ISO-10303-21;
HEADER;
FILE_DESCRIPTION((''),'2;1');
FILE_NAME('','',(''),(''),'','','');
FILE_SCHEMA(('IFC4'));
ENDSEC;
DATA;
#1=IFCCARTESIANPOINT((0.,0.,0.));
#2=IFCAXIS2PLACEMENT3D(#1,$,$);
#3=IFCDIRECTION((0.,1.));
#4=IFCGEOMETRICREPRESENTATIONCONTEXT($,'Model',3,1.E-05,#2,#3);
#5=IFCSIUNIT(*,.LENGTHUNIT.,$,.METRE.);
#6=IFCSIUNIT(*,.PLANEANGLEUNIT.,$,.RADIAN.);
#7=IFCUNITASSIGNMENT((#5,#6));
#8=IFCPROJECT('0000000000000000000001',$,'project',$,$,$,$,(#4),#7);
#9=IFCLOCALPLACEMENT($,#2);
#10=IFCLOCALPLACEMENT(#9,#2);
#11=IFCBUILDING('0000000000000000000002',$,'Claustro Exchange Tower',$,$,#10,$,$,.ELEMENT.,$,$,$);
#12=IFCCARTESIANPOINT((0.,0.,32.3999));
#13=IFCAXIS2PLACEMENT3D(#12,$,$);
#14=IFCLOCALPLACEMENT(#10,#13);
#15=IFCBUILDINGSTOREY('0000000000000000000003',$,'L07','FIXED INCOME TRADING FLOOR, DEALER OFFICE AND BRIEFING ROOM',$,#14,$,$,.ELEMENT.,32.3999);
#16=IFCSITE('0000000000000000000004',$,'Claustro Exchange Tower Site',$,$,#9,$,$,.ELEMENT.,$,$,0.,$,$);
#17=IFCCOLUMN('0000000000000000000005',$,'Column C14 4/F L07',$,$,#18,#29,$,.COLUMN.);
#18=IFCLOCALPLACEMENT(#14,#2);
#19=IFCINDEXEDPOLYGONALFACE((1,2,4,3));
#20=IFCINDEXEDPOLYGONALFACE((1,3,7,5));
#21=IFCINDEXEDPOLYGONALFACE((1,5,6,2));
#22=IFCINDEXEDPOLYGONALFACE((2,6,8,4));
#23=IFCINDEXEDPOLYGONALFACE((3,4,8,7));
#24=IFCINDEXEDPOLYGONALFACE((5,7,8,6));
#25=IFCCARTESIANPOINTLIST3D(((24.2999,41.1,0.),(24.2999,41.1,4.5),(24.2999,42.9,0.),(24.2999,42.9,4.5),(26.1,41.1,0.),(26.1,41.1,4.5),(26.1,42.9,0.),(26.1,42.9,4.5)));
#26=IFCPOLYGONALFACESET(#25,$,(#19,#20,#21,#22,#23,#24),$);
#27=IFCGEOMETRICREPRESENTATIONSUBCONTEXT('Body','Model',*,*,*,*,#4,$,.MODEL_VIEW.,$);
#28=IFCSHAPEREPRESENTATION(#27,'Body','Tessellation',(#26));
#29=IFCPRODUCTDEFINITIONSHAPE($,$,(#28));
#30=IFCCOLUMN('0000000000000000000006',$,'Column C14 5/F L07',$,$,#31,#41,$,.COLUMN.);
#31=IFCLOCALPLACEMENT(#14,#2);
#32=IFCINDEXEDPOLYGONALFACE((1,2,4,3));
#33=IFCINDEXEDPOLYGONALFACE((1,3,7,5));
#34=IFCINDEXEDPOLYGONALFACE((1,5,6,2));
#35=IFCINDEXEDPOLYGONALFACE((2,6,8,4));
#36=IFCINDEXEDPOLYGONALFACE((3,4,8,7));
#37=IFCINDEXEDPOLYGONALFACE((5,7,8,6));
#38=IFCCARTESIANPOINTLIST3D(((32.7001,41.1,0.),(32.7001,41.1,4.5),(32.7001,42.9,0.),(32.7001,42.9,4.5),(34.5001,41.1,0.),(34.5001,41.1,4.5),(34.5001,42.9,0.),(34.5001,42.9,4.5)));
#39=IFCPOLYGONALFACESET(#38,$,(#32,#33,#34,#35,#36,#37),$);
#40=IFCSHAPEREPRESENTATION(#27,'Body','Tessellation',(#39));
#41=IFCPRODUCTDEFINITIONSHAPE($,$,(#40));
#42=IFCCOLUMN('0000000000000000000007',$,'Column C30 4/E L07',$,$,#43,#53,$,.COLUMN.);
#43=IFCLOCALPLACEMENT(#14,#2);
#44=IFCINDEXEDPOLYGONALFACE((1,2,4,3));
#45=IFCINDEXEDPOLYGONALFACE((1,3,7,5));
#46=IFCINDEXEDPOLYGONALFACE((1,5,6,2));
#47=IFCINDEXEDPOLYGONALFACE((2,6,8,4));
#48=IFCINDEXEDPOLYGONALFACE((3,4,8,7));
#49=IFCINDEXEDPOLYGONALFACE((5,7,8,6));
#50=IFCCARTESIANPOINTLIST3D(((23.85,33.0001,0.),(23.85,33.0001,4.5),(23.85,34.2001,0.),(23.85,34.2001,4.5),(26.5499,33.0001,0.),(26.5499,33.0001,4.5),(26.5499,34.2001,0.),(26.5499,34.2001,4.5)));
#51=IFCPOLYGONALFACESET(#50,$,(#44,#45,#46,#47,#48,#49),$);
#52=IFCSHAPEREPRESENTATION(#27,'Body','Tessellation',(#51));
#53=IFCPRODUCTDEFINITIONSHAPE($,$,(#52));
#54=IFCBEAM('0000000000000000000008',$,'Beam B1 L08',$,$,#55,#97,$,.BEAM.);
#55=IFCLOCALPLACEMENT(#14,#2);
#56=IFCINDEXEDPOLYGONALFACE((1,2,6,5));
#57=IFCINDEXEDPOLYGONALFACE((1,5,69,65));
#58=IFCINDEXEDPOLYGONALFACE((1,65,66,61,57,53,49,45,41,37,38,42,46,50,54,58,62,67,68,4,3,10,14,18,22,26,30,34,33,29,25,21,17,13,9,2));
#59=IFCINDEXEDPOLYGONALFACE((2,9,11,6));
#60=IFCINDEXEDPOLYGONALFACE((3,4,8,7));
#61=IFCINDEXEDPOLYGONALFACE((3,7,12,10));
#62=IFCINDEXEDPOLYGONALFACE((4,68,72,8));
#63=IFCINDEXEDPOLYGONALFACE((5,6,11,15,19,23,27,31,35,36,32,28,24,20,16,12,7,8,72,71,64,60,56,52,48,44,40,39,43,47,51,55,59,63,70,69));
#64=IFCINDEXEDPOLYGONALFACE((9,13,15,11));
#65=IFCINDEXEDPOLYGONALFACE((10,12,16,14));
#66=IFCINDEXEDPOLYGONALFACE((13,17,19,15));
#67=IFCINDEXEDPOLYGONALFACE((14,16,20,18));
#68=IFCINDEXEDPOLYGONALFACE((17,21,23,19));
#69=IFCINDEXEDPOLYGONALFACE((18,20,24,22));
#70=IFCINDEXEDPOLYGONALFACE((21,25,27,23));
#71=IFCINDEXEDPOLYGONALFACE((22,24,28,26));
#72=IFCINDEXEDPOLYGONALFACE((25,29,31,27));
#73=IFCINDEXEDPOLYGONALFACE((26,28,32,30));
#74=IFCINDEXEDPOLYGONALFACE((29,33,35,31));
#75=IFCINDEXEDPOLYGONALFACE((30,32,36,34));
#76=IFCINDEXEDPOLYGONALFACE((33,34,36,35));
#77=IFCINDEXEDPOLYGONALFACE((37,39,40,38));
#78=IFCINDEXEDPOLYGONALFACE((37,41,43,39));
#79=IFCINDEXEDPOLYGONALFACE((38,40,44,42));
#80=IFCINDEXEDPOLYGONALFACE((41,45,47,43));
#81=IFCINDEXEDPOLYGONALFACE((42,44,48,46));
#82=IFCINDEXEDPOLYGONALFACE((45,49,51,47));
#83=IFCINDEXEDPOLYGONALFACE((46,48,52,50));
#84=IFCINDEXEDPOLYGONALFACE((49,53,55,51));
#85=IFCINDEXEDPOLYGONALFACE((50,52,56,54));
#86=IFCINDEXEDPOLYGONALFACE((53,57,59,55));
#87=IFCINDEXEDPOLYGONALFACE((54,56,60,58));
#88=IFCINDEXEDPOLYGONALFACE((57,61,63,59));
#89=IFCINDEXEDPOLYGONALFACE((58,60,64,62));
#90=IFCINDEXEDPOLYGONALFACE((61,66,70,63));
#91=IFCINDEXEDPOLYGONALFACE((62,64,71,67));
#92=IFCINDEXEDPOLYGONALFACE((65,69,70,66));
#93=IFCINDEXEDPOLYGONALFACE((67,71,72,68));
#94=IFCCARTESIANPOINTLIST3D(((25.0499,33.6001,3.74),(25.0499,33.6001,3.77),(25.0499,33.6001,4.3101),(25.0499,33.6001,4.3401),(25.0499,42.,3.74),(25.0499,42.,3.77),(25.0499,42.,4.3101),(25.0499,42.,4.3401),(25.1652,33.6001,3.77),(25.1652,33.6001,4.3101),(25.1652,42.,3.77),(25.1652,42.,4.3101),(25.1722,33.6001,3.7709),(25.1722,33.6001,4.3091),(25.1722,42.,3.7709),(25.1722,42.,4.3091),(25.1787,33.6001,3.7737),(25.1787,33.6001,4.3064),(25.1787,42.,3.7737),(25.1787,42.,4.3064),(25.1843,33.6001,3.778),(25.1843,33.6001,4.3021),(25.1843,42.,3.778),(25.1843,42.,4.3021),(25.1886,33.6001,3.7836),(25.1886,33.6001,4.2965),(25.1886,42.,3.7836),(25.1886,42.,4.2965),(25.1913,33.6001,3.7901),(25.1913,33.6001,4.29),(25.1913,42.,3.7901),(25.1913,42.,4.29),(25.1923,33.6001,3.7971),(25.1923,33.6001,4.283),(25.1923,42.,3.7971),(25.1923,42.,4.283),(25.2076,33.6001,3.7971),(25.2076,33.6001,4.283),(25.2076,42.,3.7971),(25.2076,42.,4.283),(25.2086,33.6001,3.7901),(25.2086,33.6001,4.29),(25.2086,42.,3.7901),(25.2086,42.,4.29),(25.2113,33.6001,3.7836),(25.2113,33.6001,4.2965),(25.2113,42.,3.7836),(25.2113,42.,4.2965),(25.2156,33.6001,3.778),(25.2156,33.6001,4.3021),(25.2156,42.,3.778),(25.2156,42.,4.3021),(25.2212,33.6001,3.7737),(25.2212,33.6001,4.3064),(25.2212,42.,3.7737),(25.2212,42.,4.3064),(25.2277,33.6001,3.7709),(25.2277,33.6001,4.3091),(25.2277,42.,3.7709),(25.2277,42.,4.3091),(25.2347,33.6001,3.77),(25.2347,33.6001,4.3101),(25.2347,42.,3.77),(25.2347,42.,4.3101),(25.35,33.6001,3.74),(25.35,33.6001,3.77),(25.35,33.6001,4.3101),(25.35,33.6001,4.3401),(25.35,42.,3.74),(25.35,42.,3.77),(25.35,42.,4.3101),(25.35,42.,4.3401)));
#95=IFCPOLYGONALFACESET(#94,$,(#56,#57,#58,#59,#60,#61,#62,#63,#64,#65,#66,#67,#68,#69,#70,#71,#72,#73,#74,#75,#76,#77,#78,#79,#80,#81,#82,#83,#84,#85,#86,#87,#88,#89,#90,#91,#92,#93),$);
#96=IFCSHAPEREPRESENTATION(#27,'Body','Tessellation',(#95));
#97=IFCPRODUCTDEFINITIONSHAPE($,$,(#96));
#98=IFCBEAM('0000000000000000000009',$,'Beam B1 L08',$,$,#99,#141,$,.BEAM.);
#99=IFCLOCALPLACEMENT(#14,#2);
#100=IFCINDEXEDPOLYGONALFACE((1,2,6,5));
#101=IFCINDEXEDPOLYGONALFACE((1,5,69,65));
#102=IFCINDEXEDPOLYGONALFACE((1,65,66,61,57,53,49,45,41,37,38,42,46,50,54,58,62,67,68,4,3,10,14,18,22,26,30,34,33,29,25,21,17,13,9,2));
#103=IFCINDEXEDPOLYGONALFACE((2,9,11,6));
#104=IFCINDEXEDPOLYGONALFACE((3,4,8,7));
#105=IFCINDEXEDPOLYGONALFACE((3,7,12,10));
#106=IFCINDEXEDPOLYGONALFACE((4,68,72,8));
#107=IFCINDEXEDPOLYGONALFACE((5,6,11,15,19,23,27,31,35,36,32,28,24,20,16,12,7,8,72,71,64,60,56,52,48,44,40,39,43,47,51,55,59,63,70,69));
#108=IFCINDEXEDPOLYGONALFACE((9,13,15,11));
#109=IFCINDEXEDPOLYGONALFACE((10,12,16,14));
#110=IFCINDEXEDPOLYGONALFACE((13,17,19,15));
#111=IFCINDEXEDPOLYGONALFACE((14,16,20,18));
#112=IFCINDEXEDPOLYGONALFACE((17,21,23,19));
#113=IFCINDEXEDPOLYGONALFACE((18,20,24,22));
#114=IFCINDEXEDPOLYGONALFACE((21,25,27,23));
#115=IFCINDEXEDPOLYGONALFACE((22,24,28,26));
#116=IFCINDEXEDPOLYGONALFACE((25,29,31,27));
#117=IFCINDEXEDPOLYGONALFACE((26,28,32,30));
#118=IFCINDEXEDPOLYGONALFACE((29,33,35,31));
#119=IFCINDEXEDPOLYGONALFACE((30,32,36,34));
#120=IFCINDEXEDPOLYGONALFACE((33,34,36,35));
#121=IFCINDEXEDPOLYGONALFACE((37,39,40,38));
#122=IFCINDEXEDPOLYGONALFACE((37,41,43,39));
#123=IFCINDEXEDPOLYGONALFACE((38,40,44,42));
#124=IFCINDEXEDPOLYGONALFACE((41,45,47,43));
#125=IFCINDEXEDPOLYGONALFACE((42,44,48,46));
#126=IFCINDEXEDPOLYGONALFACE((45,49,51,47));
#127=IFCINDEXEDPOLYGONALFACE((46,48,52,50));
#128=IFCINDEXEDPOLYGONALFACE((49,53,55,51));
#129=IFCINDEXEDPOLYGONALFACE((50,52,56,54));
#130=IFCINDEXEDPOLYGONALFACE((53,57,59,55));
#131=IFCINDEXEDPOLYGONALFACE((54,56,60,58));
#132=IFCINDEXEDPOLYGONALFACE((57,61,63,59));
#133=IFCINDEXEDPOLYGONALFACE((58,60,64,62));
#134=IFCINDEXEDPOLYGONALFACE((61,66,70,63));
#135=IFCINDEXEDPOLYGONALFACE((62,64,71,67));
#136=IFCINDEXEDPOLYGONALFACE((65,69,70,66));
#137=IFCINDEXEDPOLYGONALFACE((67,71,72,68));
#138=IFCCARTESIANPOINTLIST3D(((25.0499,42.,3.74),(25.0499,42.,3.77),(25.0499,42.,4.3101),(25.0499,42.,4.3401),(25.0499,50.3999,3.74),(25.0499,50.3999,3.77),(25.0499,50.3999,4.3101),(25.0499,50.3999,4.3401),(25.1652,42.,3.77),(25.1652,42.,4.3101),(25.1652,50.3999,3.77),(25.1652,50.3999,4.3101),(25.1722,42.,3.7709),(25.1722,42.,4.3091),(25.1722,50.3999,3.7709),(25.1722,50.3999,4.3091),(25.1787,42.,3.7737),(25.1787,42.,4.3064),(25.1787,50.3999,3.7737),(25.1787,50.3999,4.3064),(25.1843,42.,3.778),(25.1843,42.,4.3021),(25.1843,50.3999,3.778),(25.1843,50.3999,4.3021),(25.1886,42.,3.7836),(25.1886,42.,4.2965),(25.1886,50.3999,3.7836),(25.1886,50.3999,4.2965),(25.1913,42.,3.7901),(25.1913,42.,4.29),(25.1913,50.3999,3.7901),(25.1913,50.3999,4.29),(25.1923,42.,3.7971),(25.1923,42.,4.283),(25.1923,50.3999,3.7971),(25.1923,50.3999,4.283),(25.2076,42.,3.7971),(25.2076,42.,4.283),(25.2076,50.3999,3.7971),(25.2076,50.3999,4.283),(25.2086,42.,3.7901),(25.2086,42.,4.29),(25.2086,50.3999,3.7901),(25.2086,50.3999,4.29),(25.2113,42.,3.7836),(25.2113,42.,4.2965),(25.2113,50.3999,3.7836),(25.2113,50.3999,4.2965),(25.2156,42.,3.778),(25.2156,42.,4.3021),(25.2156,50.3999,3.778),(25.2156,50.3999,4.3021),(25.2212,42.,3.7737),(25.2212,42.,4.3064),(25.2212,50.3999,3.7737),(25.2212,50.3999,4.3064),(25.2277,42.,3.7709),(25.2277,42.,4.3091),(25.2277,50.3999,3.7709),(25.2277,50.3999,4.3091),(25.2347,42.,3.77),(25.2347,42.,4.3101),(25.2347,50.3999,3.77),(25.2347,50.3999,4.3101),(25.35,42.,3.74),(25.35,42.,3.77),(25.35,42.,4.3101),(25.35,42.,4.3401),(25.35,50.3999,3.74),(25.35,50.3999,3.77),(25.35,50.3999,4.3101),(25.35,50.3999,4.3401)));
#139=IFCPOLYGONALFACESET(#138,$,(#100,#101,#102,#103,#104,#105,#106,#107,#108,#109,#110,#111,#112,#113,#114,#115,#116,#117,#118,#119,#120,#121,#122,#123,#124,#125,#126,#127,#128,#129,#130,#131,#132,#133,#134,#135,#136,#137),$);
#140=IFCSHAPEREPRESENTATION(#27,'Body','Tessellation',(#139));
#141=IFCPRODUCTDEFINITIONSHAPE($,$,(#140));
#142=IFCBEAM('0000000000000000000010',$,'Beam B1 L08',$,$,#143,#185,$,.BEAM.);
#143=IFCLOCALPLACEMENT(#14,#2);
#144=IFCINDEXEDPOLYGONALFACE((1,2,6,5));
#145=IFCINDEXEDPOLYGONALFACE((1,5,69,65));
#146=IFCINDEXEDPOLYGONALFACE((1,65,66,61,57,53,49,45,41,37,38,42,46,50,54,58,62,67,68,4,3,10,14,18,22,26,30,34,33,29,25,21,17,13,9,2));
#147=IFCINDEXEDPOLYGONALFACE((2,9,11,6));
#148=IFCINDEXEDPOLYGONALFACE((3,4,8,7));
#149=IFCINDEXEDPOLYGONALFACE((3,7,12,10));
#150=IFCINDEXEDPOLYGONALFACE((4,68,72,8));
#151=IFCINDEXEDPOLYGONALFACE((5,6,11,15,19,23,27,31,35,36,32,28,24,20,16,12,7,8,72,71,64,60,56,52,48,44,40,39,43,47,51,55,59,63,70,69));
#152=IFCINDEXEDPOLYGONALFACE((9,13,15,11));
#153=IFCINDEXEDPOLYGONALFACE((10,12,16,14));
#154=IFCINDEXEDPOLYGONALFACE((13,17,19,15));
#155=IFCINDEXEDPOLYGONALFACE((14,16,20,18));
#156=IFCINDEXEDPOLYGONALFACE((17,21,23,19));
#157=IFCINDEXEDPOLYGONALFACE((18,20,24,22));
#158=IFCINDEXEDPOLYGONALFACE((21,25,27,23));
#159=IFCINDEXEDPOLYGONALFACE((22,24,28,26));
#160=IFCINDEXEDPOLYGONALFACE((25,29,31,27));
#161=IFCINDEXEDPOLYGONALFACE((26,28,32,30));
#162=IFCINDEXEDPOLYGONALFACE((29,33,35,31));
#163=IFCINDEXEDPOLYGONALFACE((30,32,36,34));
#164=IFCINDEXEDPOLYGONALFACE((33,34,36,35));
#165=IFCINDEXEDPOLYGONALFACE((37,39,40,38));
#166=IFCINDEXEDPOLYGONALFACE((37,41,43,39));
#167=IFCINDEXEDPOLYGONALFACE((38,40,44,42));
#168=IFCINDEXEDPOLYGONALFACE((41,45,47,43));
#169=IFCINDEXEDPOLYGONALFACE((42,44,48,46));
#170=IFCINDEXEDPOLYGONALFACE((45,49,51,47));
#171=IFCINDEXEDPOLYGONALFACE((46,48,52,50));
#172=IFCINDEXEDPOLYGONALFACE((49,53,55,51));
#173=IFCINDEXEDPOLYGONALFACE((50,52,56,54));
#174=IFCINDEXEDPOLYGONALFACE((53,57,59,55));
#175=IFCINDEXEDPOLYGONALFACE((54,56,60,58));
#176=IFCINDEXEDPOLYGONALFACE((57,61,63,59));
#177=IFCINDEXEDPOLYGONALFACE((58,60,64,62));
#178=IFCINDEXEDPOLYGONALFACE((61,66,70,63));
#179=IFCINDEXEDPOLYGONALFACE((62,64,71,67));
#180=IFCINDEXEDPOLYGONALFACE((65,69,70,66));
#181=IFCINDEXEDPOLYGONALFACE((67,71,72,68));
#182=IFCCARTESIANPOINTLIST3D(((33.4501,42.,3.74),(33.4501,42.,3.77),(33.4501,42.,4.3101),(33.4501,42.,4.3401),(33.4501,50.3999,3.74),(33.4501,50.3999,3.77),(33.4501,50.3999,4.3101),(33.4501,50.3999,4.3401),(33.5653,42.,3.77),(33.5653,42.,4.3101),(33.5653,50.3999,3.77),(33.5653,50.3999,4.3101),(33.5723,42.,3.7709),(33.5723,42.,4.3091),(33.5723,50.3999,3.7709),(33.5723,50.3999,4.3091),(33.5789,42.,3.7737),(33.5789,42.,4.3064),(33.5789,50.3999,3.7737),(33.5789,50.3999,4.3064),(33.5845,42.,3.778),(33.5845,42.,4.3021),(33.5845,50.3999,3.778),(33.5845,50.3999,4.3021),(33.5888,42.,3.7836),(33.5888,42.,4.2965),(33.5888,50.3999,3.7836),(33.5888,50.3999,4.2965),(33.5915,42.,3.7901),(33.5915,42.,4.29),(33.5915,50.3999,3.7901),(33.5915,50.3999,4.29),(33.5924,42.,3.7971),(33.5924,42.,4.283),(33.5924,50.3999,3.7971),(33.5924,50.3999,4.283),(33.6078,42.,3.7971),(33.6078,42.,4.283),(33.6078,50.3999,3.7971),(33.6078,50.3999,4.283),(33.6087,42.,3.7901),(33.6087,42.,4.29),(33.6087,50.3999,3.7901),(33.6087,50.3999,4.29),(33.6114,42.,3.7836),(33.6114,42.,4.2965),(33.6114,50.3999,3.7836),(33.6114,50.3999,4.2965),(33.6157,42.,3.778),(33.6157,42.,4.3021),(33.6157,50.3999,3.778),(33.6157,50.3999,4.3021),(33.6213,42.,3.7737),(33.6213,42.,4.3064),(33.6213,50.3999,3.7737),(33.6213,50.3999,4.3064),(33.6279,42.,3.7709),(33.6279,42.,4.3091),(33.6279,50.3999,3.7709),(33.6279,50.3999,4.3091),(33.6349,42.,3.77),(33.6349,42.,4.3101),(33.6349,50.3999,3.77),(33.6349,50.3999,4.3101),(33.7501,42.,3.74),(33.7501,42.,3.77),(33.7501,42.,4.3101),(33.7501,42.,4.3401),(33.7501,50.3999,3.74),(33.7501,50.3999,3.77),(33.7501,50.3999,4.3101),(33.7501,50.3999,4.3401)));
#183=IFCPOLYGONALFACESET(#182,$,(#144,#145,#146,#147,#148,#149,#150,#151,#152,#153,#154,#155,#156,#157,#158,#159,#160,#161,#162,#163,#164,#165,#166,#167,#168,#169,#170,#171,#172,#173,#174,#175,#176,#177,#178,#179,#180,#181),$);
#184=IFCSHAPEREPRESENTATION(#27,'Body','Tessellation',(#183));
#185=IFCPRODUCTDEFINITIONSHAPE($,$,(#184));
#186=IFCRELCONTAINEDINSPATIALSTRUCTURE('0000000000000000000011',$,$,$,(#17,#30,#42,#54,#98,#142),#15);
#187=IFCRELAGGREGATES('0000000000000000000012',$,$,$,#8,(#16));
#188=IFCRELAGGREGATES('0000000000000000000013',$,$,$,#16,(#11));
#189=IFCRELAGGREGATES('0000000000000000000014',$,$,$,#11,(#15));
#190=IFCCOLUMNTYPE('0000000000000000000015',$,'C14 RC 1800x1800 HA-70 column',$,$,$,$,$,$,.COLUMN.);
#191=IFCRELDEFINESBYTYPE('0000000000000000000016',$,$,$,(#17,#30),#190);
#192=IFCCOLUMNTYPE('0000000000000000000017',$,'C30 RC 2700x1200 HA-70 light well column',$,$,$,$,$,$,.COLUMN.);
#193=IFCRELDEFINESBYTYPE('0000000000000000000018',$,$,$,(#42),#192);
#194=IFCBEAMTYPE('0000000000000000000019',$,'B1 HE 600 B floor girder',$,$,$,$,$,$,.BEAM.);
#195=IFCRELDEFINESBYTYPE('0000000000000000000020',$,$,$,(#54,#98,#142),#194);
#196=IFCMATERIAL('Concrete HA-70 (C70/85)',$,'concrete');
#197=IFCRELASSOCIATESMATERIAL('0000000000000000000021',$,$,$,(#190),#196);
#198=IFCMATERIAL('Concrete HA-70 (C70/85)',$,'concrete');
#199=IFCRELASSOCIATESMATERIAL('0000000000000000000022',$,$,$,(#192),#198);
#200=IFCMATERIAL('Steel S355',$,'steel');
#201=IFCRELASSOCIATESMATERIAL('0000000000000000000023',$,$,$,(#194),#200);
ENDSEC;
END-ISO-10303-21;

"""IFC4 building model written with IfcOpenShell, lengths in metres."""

from ifc_helpers import new_model, si_unit, direction, frame, origin, origin_2d, place, context, subcontext, project, spatial, rectangle, i_section, extrude, material, material_profile, profile_set, type_object, element, save


model = new_model("IFC4")

# Units and contexts
model_context = context("Model", 3, precision=1e-05, world=origin(), true_north=direction((0.0, 1.0)))
body_context = subcontext(model_context, "Body", "Model", "MODEL_VIEW")
ifc_project = project(units=[si_unit("LENGTHUNIT", "METRE"), si_unit("PLANEANGLEUNIT", "RADIAN")], contexts=[model_context])

# Site, building, storey
site_placement = place(None, origin())
site = spatial("IfcSite", under=ifc_project, at=site_placement, Name="Claustro Exchange Tower Site", CompositionType="ELEMENT", RefElevation=0.0)
building_placement = place(site_placement, origin())
building = spatial("IfcBuilding", under=site, at=building_placement, Name="Claustro Exchange Tower", CompositionType="ELEMENT")
storey_placement = place(building_placement, frame((0.0, 0.0, 32.3999)))
storey = spatial("IfcBuildingStorey", under=building, at=storey_placement, Name="L07", Description="FIXED INCOME TRADING FLOOR, DEALER OFFICE AND BRIEFING ROOM", CompositionType="ELEMENT", Elevation=32.3999)

# Columns
ifc_material_1 = material(Name="Concrete HA-70 (C70/85)", Category="concrete")
ifc_material_profile_1 = material_profile(ifc_material_1, rectangle(XDim=1.8, YDim=1.8, at=origin_2d()), Name="RC 1800x1800")
ifc_profile_set_1 = profile_set([ifc_material_profile_1], Name="Concrete HA-70 (C70/85)")
column_type_1 = type_object("IfcColumnType", Name="C14 RC 1800x1800 HA-70 column", PredefinedType="COLUMN", material=ifc_profile_set_1)
for number, where, z_axis, x_axis, name in (
    (1, (25.2, 42.0, 0.0), (0.0, 0.0, 1.0), (1.0, 0.0, 0.0), "Column C14 4/F L07"),
    (2, (33.6001, 42.0, 0.0), (0.0, 0.0, 1.0), (1.0, 0.0, 0.0), "Column C14 5/F L07"),
):
    element("IfcColumn", number, at=place(storey_placement, frame(where, z_axis=z_axis, x_axis=x_axis)), inside=storey, type_object=column_type_1, Name=name, PredefinedType="COLUMN", context=body_context, shape_type="SweptSolid", body=[
        extrude(rectangle(XDim=1.8, YDim=1.8, at=origin_2d()), origin(), (0.0, 0.0, 1.0), 4.5),
    ])
ifc_material_2 = material(Name="Concrete HA-70 (C70/85)", Category="concrete")
ifc_material_profile_2 = material_profile(ifc_material_2, rectangle(XDim=2.7, YDim=1.2, at=origin_2d()), Name="RC 2700x1200")
ifc_profile_set_2 = profile_set([ifc_material_profile_2], Name="Concrete HA-70 (C70/85)")
column_type_2 = type_object("IfcColumnType", Name="C30 RC 2700x1200 HA-70 light well column", PredefinedType="COLUMN", material=ifc_profile_set_2)
column_placement = place(storey_placement, frame((25.2, 33.6001, 0.0), z_axis=(0.0, 0.0, 1.0), x_axis=(1.0, 0.0, 0.0)))
element("IfcColumn", 3, at=column_placement, inside=storey, type_object=column_type_2, Name="Column C30 4/E L07", PredefinedType="COLUMN", context=body_context, shape_type="SweptSolid", body=[
    extrude(rectangle(XDim=2.7, YDim=1.2, at=origin_2d()), origin(), (0.0, 0.0, 1.0), 4.5),
])

# Beams
ifc_material_3 = material(Name="Steel S355", Category="steel")
ifc_material_profile_3 = material_profile(ifc_material_3, i_section(OverallWidth=0.3, OverallDepth=0.6001, WebThickness=0.0154, FlangeThickness=0.03, FilletRadius=0.0271, at=origin_2d()), Name="HE 600 B")
ifc_profile_set_3 = profile_set([ifc_material_profile_3], Name="Steel S355")
beam_type_1 = type_object("IfcBeamType", Name="B1 HE 600 B floor girder", PredefinedType="BEAM", material=ifc_profile_set_3)
for number, where, z_axis, x_axis, name in (
    (4, (25.2, 33.6001, 4.04), (0.0, 1.0, 0.0), (-1.0, 0.0, 0.0), "Beam B1 L08"),
    (5, (25.2, 42.0, 4.04), (0.0, 1.0, 0.0), (-1.0, 0.0, 0.0), "Beam B1 L08"),
    (6, (33.6001, 42.0, 4.04), (0.0, 1.0, 0.0), (-1.0, 0.0, 0.0), "Beam B1 L08"),
):
    element("IfcBeam", number, at=place(storey_placement, frame(where, z_axis=z_axis, x_axis=x_axis)), inside=storey, type_object=beam_type_1, Name=name, PredefinedType="BEAM", context=body_context, shape_type="SweptSolid", body=[
        extrude(i_section(OverallWidth=0.3, OverallDepth=0.6001, WebThickness=0.0154, FlangeThickness=0.03, FilletRadius=0.0271, at=origin_2d()), origin(), (0.0, 0.0, 1.0), 8.3999),
    ])

save(model, "model.ifc")
